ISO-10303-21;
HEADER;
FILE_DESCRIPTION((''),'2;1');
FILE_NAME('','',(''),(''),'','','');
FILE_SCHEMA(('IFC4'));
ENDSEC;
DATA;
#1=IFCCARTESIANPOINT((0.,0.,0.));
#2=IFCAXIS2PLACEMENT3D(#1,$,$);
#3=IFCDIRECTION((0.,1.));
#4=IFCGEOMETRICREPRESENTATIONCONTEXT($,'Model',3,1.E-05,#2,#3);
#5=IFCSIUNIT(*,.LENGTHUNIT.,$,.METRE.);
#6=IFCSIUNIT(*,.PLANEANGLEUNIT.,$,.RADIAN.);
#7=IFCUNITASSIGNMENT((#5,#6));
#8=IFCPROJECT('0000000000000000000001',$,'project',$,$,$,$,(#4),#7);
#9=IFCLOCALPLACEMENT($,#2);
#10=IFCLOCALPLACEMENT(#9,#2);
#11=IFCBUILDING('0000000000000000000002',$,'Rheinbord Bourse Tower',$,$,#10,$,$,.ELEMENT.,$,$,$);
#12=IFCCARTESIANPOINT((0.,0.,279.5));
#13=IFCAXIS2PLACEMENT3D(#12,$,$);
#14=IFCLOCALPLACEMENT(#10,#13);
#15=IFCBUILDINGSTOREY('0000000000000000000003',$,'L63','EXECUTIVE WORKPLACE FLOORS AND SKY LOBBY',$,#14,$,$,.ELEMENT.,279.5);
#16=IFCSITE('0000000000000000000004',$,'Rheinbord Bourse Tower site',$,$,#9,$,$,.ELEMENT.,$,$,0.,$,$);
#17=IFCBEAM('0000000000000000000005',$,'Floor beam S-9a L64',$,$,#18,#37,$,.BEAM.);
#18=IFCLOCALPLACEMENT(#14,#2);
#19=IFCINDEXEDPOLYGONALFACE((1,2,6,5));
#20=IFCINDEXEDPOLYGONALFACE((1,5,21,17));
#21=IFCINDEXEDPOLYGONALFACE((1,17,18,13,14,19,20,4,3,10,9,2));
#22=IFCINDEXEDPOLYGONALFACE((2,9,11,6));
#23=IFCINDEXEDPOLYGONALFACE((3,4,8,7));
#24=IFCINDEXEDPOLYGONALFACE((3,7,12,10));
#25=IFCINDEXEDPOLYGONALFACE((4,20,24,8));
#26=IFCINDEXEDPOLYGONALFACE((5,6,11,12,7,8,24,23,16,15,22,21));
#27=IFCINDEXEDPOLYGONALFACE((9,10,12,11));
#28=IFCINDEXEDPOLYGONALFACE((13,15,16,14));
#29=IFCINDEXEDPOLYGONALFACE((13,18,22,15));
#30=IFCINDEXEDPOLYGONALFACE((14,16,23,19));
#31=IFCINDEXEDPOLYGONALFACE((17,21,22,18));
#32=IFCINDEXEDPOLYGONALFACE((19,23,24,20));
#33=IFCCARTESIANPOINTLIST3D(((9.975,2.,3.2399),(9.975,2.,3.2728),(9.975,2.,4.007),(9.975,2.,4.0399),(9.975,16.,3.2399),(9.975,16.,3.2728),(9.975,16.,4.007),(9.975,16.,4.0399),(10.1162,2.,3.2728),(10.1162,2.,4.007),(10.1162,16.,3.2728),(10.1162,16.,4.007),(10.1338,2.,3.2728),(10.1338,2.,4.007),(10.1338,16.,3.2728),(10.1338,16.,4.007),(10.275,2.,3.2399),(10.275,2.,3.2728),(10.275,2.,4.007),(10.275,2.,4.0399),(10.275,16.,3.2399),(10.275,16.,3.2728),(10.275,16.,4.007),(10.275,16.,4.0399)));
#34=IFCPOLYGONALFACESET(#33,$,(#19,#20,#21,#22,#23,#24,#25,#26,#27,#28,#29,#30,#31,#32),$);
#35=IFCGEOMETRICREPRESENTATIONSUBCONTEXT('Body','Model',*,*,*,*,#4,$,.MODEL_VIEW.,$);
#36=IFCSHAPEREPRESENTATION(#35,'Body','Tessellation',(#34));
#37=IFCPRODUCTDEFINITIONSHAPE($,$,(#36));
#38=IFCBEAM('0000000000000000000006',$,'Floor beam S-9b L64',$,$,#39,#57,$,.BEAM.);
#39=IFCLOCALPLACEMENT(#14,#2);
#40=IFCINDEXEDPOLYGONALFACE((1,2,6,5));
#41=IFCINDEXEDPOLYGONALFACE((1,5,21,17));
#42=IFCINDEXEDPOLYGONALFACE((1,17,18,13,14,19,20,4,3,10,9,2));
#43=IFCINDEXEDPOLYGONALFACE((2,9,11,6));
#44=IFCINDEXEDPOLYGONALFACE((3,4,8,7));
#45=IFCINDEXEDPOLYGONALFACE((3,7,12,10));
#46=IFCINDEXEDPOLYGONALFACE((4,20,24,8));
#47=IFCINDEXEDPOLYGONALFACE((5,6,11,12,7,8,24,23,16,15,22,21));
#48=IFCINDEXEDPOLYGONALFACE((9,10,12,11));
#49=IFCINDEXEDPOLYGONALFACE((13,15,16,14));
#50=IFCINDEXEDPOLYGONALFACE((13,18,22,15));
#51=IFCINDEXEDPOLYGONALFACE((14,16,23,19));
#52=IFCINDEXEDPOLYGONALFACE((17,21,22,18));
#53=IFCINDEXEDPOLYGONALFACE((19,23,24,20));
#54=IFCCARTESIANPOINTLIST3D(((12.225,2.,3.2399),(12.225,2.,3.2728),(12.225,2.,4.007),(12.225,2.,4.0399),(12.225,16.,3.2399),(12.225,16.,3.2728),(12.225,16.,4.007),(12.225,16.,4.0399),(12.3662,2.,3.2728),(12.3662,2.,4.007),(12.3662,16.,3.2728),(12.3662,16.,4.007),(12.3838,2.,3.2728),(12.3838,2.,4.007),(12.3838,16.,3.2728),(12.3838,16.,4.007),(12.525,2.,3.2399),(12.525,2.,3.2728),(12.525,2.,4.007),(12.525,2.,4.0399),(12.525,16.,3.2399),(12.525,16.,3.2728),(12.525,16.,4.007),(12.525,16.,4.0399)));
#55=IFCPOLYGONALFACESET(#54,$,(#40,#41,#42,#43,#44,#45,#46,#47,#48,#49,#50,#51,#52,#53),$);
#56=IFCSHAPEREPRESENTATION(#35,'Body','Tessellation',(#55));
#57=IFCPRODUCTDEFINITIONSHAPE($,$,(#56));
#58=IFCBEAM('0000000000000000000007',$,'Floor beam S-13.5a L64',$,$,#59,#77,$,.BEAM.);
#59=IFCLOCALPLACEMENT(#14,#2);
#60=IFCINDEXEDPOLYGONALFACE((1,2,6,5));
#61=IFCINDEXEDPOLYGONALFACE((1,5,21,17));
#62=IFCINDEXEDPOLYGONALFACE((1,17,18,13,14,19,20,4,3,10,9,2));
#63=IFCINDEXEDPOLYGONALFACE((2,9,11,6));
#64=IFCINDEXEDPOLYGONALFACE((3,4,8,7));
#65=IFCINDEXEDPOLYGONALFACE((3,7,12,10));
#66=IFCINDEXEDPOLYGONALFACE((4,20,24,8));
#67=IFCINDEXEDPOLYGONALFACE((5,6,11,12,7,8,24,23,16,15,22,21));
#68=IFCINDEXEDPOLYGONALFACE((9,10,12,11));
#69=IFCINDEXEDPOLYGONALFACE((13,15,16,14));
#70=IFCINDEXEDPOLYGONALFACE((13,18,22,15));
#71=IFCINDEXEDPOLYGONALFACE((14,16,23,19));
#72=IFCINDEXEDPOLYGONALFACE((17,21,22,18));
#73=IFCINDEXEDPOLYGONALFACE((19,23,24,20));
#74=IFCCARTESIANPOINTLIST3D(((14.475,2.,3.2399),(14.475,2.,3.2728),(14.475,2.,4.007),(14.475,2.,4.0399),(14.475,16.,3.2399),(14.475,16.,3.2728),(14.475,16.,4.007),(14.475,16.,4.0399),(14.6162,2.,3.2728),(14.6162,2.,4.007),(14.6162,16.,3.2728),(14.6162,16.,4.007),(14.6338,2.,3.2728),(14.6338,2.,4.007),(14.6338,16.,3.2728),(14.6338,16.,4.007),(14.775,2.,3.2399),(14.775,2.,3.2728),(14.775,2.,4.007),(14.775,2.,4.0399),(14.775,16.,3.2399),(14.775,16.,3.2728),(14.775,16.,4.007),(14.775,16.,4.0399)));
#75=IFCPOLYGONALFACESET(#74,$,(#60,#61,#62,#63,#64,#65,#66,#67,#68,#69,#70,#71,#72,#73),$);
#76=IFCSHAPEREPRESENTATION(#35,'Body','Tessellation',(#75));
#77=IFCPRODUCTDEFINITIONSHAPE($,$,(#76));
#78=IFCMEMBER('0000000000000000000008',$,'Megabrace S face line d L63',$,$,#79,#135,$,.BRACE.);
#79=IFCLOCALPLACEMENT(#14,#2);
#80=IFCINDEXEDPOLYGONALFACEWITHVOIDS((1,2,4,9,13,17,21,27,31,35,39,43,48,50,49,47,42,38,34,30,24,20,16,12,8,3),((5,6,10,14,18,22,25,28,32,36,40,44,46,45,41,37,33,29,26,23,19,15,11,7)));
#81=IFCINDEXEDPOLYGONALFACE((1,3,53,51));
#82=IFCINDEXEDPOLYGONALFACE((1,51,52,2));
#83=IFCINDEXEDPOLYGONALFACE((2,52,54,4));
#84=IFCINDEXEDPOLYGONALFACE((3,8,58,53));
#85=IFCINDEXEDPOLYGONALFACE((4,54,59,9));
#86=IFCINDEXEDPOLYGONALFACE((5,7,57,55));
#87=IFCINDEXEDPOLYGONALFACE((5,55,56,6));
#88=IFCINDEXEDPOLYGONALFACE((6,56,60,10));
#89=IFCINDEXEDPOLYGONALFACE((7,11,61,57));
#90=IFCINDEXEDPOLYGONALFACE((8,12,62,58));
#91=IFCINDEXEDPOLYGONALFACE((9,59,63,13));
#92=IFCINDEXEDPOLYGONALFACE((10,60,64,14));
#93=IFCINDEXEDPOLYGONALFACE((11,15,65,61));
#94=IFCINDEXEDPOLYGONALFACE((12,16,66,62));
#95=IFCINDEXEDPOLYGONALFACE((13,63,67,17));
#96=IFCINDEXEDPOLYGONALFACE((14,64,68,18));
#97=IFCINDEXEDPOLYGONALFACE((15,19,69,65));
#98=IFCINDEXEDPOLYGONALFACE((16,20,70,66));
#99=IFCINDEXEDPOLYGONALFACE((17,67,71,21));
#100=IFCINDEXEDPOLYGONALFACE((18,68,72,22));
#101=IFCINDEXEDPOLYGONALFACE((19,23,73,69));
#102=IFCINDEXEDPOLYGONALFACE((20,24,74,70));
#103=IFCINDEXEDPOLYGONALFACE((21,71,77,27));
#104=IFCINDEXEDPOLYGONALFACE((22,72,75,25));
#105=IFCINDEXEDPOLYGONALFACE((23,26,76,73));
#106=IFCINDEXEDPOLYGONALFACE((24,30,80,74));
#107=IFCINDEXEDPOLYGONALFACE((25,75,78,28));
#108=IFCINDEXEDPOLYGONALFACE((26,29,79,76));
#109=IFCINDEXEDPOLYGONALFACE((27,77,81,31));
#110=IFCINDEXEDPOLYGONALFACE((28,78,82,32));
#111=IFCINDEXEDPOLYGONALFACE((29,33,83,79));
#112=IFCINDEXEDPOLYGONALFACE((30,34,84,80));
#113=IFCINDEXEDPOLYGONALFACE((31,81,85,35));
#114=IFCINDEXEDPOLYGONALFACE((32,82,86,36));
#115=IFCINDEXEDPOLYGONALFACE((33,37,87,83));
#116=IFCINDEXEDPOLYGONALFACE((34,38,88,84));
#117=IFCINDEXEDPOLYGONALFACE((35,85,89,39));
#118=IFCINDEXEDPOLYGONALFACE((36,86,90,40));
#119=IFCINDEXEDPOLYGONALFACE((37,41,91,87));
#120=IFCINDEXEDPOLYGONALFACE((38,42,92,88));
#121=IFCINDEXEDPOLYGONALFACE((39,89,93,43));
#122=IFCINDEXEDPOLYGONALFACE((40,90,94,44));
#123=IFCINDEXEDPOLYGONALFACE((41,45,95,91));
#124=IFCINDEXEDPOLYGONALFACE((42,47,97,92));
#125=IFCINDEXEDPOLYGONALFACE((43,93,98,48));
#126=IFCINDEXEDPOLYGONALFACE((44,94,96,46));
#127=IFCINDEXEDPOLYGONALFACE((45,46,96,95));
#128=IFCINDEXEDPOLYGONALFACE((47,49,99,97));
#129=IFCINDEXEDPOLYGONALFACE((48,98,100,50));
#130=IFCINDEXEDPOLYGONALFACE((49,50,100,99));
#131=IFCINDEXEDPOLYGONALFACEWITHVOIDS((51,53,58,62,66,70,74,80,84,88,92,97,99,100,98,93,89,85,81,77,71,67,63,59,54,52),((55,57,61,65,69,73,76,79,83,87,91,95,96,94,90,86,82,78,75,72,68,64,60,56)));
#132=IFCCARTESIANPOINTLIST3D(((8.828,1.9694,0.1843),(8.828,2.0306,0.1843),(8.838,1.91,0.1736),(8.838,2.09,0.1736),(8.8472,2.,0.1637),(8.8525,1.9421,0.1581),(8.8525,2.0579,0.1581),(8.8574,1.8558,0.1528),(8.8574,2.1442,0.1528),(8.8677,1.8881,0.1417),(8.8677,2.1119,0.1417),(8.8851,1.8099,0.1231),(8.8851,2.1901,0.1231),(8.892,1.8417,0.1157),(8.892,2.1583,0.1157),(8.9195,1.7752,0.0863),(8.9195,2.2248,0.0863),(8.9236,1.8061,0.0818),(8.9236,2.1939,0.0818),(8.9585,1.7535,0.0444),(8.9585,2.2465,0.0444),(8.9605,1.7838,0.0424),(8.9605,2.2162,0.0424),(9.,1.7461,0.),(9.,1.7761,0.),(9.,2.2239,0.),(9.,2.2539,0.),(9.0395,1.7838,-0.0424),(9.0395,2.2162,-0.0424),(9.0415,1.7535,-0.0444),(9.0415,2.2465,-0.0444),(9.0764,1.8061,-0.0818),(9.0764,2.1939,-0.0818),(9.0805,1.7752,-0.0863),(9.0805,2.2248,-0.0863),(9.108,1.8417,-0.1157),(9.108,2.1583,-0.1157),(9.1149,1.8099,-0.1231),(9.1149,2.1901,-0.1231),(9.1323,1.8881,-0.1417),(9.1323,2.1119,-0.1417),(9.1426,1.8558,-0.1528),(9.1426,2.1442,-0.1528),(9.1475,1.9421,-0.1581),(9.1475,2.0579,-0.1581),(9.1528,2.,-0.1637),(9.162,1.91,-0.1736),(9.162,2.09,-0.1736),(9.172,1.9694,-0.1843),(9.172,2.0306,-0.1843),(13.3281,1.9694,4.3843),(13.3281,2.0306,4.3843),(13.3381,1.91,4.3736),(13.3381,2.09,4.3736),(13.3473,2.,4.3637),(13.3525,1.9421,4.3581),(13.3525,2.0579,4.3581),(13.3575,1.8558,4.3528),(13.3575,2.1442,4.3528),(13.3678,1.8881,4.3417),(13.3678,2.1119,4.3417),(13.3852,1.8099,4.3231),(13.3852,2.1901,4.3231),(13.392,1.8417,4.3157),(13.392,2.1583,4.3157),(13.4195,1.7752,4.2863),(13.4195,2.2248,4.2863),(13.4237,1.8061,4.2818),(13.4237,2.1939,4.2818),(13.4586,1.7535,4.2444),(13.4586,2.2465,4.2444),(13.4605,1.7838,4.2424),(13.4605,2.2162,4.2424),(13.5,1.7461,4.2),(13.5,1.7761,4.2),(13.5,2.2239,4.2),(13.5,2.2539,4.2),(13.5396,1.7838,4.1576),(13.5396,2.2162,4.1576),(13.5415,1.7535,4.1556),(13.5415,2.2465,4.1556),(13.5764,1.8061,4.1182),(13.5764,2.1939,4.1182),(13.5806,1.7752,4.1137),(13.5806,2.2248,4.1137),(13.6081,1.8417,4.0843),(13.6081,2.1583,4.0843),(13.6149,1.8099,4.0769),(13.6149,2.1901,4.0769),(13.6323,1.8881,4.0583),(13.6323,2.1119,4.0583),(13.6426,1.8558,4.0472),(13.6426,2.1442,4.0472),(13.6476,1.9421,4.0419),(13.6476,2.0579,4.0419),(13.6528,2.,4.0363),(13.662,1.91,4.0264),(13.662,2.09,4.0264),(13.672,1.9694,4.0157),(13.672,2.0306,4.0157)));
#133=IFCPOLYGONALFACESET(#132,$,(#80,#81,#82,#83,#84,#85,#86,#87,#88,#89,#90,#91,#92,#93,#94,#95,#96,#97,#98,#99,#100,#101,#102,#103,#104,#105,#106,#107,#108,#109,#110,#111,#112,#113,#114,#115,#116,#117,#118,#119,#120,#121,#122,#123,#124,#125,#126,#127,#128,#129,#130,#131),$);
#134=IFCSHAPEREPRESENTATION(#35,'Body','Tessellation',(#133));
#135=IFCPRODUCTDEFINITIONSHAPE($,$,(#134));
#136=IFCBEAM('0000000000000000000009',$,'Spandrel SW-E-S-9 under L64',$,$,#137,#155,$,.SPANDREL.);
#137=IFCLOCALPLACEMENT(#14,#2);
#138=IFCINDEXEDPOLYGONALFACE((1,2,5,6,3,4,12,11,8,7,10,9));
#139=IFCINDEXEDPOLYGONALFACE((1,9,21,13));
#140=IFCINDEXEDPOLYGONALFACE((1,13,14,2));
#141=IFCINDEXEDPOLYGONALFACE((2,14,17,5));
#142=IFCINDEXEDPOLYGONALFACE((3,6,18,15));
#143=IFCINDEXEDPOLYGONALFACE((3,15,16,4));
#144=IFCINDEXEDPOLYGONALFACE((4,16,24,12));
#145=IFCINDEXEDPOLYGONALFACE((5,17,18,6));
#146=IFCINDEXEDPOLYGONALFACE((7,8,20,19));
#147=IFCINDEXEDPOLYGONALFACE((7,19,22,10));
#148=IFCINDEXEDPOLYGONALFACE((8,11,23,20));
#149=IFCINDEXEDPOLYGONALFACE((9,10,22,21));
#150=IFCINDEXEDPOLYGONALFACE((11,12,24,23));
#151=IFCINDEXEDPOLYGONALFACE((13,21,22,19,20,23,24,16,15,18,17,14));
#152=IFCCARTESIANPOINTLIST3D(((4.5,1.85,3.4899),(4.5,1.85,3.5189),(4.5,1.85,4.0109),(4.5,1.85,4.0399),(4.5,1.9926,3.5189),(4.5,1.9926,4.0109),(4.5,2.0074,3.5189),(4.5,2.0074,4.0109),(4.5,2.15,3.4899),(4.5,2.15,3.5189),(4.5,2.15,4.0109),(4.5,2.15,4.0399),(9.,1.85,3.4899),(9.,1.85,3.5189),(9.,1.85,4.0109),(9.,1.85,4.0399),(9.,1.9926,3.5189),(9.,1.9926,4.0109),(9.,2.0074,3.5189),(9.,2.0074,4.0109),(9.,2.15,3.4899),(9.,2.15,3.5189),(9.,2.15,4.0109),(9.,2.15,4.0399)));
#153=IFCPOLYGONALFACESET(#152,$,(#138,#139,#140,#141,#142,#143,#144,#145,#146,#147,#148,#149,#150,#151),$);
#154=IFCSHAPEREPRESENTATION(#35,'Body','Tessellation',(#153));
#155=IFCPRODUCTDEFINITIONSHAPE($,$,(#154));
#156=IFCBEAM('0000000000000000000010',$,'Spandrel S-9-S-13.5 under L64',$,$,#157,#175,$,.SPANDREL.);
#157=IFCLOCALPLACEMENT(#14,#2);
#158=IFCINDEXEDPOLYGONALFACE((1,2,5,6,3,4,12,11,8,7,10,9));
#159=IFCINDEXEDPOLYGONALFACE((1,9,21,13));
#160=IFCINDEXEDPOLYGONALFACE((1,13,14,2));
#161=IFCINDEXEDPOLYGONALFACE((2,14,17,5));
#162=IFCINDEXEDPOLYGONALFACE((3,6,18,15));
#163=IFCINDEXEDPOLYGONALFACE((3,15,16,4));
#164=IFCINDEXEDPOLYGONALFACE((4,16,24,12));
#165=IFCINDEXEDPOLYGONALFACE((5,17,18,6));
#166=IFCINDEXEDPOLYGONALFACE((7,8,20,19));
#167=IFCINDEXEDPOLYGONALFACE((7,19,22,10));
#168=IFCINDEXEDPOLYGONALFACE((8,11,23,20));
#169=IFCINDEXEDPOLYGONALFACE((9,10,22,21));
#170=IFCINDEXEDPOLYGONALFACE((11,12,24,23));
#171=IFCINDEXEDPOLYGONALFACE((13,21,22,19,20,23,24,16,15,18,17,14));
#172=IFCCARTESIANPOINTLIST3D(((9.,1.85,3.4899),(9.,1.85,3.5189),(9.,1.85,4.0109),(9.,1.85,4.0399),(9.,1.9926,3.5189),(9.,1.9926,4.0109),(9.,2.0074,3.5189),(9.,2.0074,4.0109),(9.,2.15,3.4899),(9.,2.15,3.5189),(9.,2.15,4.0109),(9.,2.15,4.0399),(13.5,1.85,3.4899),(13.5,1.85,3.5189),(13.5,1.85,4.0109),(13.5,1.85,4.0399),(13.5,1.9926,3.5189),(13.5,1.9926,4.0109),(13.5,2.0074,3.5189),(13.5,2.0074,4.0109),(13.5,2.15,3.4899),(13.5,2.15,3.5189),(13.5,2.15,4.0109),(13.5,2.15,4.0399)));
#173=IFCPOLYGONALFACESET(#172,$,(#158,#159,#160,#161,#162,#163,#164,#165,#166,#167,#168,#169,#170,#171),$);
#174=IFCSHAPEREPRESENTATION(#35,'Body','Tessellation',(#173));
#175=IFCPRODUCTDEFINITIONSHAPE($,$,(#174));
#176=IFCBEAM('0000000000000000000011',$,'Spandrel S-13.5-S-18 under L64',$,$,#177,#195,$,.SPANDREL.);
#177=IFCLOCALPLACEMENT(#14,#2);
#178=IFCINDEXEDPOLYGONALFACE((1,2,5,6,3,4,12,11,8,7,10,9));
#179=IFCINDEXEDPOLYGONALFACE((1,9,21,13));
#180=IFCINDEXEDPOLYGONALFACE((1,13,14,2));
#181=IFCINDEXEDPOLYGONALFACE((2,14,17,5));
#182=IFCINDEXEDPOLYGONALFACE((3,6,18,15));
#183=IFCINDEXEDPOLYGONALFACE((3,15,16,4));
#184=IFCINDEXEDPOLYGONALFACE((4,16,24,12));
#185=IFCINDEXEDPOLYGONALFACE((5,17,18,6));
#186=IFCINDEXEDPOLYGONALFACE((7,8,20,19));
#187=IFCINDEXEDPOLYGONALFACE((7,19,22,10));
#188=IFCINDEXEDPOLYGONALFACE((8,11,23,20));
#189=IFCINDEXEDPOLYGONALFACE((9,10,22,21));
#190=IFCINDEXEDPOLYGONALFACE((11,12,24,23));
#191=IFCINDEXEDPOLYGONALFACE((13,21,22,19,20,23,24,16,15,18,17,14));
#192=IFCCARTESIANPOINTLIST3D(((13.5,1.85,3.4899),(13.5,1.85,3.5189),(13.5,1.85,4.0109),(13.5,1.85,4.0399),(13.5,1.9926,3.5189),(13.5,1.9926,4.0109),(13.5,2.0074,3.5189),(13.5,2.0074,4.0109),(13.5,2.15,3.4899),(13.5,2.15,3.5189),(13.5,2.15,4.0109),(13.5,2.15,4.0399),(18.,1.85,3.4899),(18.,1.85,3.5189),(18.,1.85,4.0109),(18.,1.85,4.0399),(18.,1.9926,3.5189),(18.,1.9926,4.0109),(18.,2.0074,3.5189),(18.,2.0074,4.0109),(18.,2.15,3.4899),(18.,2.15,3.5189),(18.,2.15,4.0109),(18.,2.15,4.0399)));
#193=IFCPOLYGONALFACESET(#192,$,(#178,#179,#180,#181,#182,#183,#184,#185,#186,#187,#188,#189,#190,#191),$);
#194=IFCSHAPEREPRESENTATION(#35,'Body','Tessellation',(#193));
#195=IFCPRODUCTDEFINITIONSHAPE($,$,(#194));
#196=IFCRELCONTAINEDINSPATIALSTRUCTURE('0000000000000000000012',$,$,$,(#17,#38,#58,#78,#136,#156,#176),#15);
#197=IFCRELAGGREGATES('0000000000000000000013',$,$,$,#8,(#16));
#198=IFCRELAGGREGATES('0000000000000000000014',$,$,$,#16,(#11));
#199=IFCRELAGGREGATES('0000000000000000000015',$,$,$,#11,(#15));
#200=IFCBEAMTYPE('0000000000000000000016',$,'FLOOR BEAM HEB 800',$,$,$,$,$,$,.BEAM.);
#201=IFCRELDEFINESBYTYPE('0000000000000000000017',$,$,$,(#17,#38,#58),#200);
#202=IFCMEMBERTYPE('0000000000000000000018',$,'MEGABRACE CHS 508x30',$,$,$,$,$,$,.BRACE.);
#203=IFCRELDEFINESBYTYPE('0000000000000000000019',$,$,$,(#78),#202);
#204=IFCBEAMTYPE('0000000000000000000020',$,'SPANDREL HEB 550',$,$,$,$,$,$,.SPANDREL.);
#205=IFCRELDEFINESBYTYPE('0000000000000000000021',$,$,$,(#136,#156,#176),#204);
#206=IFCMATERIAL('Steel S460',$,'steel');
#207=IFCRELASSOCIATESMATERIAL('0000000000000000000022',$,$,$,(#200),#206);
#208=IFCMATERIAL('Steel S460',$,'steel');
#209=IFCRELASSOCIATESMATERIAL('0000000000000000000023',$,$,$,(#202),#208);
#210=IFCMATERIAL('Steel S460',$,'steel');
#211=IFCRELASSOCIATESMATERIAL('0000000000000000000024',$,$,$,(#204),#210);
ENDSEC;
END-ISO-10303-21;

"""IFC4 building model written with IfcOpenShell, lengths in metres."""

from ifc_helpers import new_model, si_unit, direction, frame, origin, origin_2d, place, context, subcontext, project, spatial, hollow_circle, i_section, extrude, material, material_profile, profile_set, type_object, element, save


model = new_model("IFC4")

# Units and contexts
model_context = context("Model", 3, precision=1e-05, world=origin(), true_north=direction((0.0, 1.0)))
body_context = subcontext(model_context, "Body", "Model", "MODEL_VIEW")
ifc_project = project(units=[si_unit("LENGTHUNIT", "METRE"), si_unit("PLANEANGLEUNIT", "RADIAN")], contexts=[model_context])

# Site, building, storey
site_placement = place(None, origin())
site = spatial("IfcSite", under=ifc_project, at=site_placement, Name="Rheinbord Bourse Tower site", CompositionType="ELEMENT", RefElevation=0.0)
building_placement = place(site_placement, origin())
building = spatial("IfcBuilding", under=site, at=building_placement, Name="Rheinbord Bourse Tower", CompositionType="ELEMENT")
storey_placement = place(building_placement, frame((0.0, 0.0, 279.5)))
storey = spatial("IfcBuildingStorey", under=building, at=storey_placement, Name="L63", Description="EXECUTIVE WORKPLACE FLOORS AND SKY LOBBY", CompositionType="ELEMENT", Elevation=279.5)

# Beams
ifc_material_1 = material(Name="Steel S460", Category="steel")
ifc_material_profile_1 = material_profile(ifc_material_1, i_section(OverallWidth=0.3, OverallDepth=0.8, WebThickness=0.0176, FlangeThickness=0.033, at=origin_2d()), Name="HEB 800")
ifc_profile_set_1 = profile_set([ifc_material_profile_1], Name="Steel S460")
beam_type_1 = type_object("IfcBeamType", Name="FLOOR BEAM HEB 800", PredefinedType="BEAM", material=ifc_profile_set_1)
for number, where, z_axis, x_axis, name in (
    (1, (10.125, 2.0, 3.6399), (0.0, 1.0, 0.0), (-1.0, 0.0, 0.0), "Floor beam S-9a L64"),
    (2, (12.375, 2.0, 3.6399), (0.0, 1.0, 0.0), (-1.0, 0.0, 0.0), "Floor beam S-9b L64"),
    (3, (14.625, 2.0, 3.6399), (0.0, 1.0, 0.0), (-1.0, 0.0, 0.0), "Floor beam S-13.5a L64"),
):
    element("IfcBeam", number, at=place(storey_placement, frame(where, z_axis=z_axis, x_axis=x_axis)), inside=storey, type_object=beam_type_1, Name=name, PredefinedType="BEAM", context=body_context, shape_type="SweptSolid", body=[
        extrude(i_section(OverallWidth=0.3, OverallDepth=0.8, WebThickness=0.0176, FlangeThickness=0.033, at=origin_2d()), origin(), (0.0, 0.0, 1.0), 14.0),
    ])

# Member
ifc_material_2 = material(Name="Steel S460", Category="steel")
ifc_material_profile_2 = material_profile(ifc_material_2, hollow_circle(Radius=0.2539, WallThickness=0.03, at=origin_2d()), Name="CHS 508x30")
ifc_profile_set_2 = profile_set([ifc_material_profile_2], Name="Steel S460")
member_type_1 = type_object("IfcMemberType", Name="MEGABRACE CHS 508x30", PredefinedType="BRACE", material=ifc_profile_set_2)
member_1_placement = place(storey_placement, frame((9.0, 2.0, 0.0), z_axis=(0.731059, 0.0, 0.682314), x_axis=(0.0, 1.0, 0.0)))
element("IfcMember", 4, at=member_1_placement, inside=storey, type_object=member_type_1, Name="Megabrace S face line d L63", PredefinedType="BRACE", context=body_context, shape_type="SweptSolid", body=[
    extrude(hollow_circle(Radius=0.2539, WallThickness=0.03, at=origin_2d()), origin(), (0.0, 0.0, 1.0), 6.1555),
])

# Beams
ifc_material_3 = material(Name="Steel S460", Category="steel")
ifc_material_profile_3 = material_profile(ifc_material_3, i_section(OverallWidth=0.3, OverallDepth=0.55, WebThickness=0.0149, FlangeThickness=0.0291, at=origin_2d()), Name="HEB 550")
ifc_profile_set_3 = profile_set([ifc_material_profile_3], Name="Steel S460")
beam_type_2 = type_object("IfcBeamType", Name="SPANDREL HEB 550", PredefinedType="SPANDREL", material=ifc_profile_set_3)
for number, where, z_axis, x_axis, name in (
    (5, (4.5, 2.0, 3.7649), (1.0, 0.0, 0.0), (0.0, 1.0, 0.0), "Spandrel SW-E-S-9 under L64"),
    (6, (9.0, 2.0, 3.7649), (1.0, 0.0, 0.0), (0.0, 1.0, 0.0), "Spandrel S-9-S-13.5 under L64"),
    (7, (13.5, 2.0, 3.7649), (1.0, 0.0, 0.0), (0.0, 1.0, 0.0), "Spandrel S-13.5-S-18 under L64"),
):
    element("IfcBeam", number, at=place(storey_placement, frame(where, z_axis=z_axis, x_axis=x_axis)), inside=storey, type_object=beam_type_2, Name=name, PredefinedType="SPANDREL", context=body_context, shape_type="SweptSolid", body=[
        extrude(i_section(OverallWidth=0.3, OverallDepth=0.55, WebThickness=0.0149, FlangeThickness=0.0291, at=origin_2d()), origin(), (0.0, 0.0, 1.0), 4.5),
    ])

save(model, "model.ifc")
